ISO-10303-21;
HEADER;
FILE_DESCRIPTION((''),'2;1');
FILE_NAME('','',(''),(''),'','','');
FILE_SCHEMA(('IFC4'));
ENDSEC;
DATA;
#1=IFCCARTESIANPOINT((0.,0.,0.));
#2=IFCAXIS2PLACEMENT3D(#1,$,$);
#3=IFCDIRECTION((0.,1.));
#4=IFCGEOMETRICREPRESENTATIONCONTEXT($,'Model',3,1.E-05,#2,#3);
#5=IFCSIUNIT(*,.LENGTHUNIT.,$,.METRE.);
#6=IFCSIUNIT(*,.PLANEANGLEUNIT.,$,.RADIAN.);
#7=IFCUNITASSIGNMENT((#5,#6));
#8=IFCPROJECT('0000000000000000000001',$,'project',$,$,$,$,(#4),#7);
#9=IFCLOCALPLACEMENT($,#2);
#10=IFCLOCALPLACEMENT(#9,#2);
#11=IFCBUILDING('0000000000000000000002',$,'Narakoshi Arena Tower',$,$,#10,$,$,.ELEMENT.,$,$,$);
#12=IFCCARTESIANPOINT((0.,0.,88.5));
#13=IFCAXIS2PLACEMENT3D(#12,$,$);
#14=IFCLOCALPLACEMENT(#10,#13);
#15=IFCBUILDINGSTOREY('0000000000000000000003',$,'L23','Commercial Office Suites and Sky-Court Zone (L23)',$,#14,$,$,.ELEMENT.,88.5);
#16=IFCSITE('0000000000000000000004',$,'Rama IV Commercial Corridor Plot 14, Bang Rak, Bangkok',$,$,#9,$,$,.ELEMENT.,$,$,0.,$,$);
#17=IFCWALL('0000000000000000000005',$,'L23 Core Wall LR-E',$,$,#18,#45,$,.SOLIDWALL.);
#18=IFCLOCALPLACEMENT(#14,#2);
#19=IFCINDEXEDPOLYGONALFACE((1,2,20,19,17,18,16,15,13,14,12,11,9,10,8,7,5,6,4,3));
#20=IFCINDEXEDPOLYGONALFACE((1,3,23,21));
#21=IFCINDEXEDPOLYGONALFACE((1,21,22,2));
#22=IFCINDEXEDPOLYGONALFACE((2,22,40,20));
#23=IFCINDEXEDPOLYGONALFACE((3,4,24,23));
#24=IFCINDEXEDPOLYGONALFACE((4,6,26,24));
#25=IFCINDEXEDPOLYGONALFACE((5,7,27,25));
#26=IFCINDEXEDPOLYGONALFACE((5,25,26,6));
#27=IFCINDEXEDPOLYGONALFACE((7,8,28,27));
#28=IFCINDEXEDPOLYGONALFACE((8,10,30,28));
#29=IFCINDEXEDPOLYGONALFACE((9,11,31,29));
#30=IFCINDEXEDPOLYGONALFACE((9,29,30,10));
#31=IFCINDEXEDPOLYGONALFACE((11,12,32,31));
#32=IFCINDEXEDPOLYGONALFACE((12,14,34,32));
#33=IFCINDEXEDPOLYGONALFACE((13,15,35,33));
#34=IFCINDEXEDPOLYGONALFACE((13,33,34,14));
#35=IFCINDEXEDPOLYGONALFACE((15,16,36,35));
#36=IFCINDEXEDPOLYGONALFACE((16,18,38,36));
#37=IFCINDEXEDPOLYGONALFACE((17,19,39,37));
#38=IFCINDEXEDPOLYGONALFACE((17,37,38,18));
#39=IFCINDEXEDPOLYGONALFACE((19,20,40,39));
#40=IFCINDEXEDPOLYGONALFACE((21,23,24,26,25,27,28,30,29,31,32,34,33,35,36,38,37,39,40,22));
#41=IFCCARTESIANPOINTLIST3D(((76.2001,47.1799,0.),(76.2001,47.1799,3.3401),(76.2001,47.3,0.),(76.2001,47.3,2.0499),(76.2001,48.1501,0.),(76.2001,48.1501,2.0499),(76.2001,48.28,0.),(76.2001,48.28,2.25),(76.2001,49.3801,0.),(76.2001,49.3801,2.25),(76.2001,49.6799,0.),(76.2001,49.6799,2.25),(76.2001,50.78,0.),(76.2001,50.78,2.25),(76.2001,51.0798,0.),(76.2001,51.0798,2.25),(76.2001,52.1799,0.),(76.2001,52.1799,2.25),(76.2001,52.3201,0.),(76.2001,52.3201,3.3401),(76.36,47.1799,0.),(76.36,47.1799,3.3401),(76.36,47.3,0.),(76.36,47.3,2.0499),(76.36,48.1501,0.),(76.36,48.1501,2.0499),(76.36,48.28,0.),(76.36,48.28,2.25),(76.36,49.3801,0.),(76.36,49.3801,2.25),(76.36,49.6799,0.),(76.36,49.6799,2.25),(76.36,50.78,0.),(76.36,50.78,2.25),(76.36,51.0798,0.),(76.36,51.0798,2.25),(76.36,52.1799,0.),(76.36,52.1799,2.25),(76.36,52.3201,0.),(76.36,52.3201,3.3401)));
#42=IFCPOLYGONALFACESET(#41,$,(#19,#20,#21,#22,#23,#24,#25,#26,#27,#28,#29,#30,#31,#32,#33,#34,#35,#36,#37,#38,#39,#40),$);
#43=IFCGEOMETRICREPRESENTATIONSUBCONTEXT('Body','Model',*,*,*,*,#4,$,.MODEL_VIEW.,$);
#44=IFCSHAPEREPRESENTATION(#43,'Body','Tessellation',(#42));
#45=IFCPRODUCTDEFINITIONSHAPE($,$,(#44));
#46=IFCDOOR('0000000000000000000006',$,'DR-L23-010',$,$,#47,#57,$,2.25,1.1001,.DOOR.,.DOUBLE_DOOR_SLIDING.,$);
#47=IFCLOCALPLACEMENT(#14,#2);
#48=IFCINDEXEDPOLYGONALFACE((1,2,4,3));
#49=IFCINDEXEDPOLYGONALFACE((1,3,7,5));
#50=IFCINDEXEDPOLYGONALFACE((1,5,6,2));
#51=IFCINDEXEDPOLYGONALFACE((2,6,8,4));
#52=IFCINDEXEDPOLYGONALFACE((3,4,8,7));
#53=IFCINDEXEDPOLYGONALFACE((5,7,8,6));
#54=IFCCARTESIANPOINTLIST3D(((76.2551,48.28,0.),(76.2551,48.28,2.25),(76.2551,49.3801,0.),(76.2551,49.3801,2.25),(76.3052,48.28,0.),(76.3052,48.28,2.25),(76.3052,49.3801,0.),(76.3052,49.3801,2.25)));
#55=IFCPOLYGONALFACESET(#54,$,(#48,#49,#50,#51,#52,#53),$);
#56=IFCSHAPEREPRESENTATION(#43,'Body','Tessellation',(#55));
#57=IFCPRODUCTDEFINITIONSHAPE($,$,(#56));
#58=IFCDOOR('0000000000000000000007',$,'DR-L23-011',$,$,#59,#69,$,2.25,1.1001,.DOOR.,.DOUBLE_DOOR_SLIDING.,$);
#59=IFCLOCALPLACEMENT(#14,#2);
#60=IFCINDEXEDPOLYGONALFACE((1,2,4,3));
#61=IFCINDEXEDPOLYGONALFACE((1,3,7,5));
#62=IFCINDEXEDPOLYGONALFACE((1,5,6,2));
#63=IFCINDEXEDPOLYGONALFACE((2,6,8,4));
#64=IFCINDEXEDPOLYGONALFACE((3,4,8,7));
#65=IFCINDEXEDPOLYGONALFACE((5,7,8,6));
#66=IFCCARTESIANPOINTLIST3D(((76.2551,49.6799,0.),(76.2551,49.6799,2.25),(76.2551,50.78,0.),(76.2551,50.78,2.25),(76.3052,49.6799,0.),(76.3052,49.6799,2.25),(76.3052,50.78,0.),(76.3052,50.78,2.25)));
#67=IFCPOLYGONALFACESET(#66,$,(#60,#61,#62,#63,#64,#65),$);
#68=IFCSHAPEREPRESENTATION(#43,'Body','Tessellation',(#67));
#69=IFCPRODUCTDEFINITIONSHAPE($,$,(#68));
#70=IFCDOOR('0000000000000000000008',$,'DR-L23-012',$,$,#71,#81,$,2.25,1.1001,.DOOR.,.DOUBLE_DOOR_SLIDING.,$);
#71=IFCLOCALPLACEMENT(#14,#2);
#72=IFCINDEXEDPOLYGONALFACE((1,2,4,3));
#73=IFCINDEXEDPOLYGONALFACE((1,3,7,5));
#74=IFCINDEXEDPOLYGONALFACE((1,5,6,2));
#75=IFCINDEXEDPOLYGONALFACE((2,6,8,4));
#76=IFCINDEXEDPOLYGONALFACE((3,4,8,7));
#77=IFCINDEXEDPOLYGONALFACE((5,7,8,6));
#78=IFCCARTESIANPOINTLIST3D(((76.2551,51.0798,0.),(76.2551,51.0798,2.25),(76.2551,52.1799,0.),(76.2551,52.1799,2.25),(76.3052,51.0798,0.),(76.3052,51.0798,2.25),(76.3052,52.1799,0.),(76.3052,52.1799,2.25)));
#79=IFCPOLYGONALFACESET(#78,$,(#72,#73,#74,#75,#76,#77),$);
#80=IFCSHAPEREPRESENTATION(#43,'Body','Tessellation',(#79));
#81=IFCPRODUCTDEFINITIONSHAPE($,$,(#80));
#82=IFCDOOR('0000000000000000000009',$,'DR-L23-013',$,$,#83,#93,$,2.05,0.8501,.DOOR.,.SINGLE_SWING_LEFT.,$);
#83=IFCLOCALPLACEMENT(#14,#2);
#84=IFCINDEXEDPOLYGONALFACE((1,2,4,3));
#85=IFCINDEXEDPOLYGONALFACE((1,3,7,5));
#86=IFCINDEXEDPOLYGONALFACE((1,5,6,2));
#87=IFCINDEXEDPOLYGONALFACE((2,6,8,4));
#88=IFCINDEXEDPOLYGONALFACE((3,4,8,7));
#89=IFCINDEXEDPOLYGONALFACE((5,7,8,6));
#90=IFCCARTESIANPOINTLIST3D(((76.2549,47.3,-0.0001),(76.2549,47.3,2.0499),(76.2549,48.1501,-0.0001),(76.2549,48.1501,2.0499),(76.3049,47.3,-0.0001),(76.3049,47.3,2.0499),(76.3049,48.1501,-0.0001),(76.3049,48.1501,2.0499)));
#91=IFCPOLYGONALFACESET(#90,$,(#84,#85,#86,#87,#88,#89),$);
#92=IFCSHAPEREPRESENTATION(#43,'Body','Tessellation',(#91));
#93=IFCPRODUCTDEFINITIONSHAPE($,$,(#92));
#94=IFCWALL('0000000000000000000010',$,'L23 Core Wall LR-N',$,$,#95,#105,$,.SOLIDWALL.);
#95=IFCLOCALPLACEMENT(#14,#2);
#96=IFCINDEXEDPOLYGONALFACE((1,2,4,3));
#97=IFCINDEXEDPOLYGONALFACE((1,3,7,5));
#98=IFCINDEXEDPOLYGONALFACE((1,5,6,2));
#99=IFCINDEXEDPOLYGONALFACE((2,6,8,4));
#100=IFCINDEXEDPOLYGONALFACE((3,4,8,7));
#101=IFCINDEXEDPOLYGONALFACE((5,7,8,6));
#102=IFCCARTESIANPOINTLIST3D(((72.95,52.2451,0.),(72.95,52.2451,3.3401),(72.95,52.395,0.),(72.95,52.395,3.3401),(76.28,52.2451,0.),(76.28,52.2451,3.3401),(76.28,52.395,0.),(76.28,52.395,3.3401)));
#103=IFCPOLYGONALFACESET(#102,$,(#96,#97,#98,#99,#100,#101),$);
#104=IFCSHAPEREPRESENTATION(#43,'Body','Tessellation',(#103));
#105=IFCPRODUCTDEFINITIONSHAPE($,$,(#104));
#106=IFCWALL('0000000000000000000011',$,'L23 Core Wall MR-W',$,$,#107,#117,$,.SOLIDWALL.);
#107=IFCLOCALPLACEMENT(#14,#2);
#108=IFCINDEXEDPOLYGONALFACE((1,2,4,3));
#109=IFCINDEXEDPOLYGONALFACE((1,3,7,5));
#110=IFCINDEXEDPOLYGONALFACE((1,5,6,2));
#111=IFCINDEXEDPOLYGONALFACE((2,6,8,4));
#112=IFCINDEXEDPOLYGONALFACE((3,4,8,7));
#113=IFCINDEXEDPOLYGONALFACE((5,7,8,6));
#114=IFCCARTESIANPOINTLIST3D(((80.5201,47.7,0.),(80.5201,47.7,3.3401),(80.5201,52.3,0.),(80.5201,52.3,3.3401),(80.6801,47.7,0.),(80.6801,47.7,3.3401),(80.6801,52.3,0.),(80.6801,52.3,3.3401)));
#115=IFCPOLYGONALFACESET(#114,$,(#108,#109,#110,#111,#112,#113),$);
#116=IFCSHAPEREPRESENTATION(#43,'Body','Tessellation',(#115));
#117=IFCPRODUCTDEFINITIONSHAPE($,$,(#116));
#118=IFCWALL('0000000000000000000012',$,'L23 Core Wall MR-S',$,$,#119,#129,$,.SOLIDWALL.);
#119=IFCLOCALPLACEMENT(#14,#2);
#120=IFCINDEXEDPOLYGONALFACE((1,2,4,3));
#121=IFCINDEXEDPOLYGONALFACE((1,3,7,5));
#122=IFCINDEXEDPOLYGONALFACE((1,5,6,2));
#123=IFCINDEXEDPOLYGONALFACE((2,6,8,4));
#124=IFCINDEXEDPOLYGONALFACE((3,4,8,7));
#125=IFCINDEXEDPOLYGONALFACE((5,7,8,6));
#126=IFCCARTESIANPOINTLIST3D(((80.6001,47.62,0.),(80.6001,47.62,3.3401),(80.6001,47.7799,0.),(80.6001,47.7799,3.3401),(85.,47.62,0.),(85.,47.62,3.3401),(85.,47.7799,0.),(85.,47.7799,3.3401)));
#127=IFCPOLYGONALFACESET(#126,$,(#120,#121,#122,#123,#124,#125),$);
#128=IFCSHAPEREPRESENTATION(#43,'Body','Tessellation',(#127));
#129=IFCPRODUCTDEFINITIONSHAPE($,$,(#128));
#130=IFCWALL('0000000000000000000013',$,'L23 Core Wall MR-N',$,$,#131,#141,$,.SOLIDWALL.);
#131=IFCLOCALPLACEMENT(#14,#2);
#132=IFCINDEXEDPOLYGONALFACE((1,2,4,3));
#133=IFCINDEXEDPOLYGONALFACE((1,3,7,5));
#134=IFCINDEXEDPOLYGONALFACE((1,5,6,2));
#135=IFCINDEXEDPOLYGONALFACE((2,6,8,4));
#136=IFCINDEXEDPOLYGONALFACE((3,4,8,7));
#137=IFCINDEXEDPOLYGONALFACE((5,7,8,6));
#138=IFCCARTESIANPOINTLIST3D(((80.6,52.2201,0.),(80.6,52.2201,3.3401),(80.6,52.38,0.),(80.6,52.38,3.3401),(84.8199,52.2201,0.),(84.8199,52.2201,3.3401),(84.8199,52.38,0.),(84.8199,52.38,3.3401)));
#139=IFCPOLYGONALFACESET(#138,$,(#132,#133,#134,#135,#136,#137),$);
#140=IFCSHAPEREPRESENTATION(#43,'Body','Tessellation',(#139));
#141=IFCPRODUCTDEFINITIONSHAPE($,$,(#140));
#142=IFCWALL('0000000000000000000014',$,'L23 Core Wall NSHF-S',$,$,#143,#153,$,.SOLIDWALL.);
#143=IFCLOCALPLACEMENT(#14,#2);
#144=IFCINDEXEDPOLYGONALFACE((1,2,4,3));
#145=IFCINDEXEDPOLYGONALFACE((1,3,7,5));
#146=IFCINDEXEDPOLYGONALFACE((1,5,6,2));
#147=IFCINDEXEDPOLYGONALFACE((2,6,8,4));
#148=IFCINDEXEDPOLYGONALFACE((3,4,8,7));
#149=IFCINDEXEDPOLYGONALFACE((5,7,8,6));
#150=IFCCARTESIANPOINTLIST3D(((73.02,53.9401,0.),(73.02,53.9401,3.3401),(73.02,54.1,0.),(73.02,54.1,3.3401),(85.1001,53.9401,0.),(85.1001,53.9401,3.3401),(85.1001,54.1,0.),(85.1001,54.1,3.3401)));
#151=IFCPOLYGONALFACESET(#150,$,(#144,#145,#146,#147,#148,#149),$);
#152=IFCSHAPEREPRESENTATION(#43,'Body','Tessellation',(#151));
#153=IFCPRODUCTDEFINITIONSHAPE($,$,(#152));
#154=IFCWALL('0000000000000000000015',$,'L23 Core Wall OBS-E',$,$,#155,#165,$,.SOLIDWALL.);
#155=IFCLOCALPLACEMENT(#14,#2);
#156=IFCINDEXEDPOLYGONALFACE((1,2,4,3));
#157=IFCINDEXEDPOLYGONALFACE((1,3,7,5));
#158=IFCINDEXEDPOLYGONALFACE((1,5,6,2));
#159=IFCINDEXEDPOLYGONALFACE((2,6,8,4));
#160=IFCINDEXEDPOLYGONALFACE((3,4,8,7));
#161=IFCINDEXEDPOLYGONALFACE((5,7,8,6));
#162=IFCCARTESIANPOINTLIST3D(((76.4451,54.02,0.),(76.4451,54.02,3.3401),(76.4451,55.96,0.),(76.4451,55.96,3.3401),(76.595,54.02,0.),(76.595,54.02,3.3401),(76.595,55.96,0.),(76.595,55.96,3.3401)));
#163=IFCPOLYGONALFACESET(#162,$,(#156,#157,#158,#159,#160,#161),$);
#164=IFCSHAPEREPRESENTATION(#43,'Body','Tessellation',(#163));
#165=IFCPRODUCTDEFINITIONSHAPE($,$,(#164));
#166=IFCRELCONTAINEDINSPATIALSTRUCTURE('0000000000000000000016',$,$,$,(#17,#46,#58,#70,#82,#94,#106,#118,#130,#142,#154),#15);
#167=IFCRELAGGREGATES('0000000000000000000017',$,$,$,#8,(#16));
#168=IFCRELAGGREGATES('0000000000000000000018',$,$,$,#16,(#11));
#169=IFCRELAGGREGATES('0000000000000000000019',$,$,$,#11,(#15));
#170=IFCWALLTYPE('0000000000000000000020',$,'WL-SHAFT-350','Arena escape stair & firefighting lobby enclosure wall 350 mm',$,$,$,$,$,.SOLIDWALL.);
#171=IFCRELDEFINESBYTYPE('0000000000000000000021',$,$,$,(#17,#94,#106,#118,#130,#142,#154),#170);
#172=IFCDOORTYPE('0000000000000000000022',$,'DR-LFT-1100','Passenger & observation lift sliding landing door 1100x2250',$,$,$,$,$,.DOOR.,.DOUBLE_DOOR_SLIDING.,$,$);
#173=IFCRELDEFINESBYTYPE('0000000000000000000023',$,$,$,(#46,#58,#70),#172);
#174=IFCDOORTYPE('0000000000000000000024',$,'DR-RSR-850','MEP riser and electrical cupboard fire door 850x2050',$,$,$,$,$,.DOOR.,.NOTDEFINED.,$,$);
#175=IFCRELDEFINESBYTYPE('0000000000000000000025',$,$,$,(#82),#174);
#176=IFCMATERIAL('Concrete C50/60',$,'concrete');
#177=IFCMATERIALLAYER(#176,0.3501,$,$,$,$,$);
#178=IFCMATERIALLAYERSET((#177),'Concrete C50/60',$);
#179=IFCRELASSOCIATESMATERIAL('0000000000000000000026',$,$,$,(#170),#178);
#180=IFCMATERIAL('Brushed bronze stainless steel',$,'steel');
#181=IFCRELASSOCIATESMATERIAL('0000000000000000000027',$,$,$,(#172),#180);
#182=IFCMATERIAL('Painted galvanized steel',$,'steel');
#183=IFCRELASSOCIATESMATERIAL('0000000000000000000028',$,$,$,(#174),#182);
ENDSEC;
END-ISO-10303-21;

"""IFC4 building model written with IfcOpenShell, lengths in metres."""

from ifc_helpers import new_model, si_unit, direction, frame, frame_2d, origin, place, context, subcontext, project, spatial, rectangle, extrude, material, layer, layer_set, type_object, element, fill, save


model = new_model("IFC4")

# Units and contexts
model_context = context("Model", 3, precision=1e-05, world=origin(), true_north=direction((0.0, 1.0)))
body_context = subcontext(model_context, "Body", "Model", "MODEL_VIEW")
ifc_project = project(units=[si_unit("LENGTHUNIT", "METRE"), si_unit("PLANEANGLEUNIT", "RADIAN")], contexts=[model_context])

# Site, building, storey
site_placement = place(None, origin())
site = spatial("IfcSite", under=ifc_project, at=site_placement, Name="Rama IV Commercial Corridor Plot 14, Bang Rak, Bangkok", CompositionType="ELEMENT", RefElevation=0.0)
building_placement = place(site_placement, origin())
building = spatial("IfcBuilding", under=site, at=building_placement, Name="Narakoshi Arena Tower", CompositionType="ELEMENT")
storey_placement = place(building_placement, frame((0.0, 0.0, 88.5)))
storey = spatial("IfcBuildingStorey", under=building, at=storey_placement, Name="L23", Description="Commercial Office Suites and Sky-Court Zone (L23)", CompositionType="ELEMENT", Elevation=88.5)

# Wall, openings, doors
ifc_material_1 = material(Name="Concrete C50/60", Category="concrete")
ifc_layer_1 = layer(ifc_material_1, 0.3501)
ifc_layer_set_1 = layer_set([ifc_layer_1], Name="Concrete C50/60")
wall_type_1 = type_object("IfcWallType", Name="WL-SHAFT-350", Description="Arena escape stair & firefighting lobby enclosure wall 350 mm", PredefinedType="SOLIDWALL", material=ifc_layer_set_1)
wall_1_placement = place(storey_placement, frame((76.28, 47.1799, 0.0), z_axis=(0.0, 0.0, 1.0), x_axis=(0.0, 1.0, 0.0)))
wall_1 = element("IfcWall", 1, at=wall_1_placement, inside=storey, type_object=wall_type_1, Name="L23 Core Wall LR-E", PredefinedType="SOLIDWALL", context=body_context, shape_type="SweptSolid", body=[
    extrude(rectangle(XDim=5.1401, YDim=0.1599, at=frame_2d((2.5701, 0.0))), origin(), (0.0, 0.0, 1.0), 3.3401),
])
opening_1_placement = place(wall_1_placement, frame((1.1001, 0.0, 0.0)))
opening_1 = element("IfcOpeningElement", 2, at=opening_1_placement, cuts=wall_1, PredefinedType="OPENING", context=body_context, shape_type="SweptSolid", body=[
    extrude(rectangle(XDim=1.1001, YDim=2.25, at=frame_2d((0.55, 1.125))), frame((0.0, 0.0898, 0.0), z_axis=(0.0, -1.0, 0.0), x_axis=(1.0, 0.0, 0.0)), (0.0, 0.0, 1.0), 0.1799),
])
opening_2_placement = place(wall_1_placement, frame((2.5, 0.0, 0.0)))
opening_2 = element("IfcOpeningElement", 3, at=opening_2_placement, cuts=wall_1, PredefinedType="OPENING", context=body_context, shape_type="SweptSolid", body=[
    extrude(rectangle(XDim=1.1001, YDim=2.25, at=frame_2d((0.55, 1.125))), frame((0.0, 0.0898, 0.0), z_axis=(0.0, -1.0, 0.0), x_axis=(1.0, 0.0, 0.0)), (0.0, 0.0, 1.0), 0.1799),
])
opening_3_placement = place(wall_1_placement, frame((3.8999, 0.0, 0.0)))
opening_3 = element("IfcOpeningElement", 4, at=opening_3_placement, cuts=wall_1, PredefinedType="OPENING", context=body_context, shape_type="SweptSolid", body=[
    extrude(rectangle(XDim=1.1001, YDim=2.25, at=frame_2d((0.55, 1.125))), frame((0.0, 0.0898, 0.0), z_axis=(0.0, -1.0, 0.0), x_axis=(1.0, 0.0, 0.0)), (0.0, 0.0, 1.0), 0.1799),
])
opening_4_placement = place(wall_1_placement, frame((0.1201, 0.0, 0.0)))
opening_4 = element("IfcOpeningElement", 5, at=opening_4_placement, cuts=wall_1, PredefinedType="OPENING", context=body_context, shape_type="SweptSolid", body=[
    extrude(rectangle(XDim=0.8501, YDim=2.05, at=frame_2d((0.425, 1.0249))), frame((0.0, 0.0898, 0.0), z_axis=(0.0, -1.0, 0.0), x_axis=(1.0, 0.0, 0.0)), (0.0, 0.0, 1.0), 0.1799),
])
ifc_material_2 = material(Name="Brushed bronze stainless steel", Category="steel")
door_type_1 = type_object("IfcDoorType", Name="DR-LFT-1100", Description="Passenger & observation lift sliding landing door 1100x2250", OperationType="DOUBLE_DOOR_SLIDING", PredefinedType="DOOR", material=ifc_material_2)
door_1_placement = place(opening_1_placement, origin())
door_1 = element("IfcDoor", 6, at=door_1_placement, inside=storey, type_object=door_type_1, Name="DR-L23-010", OperationType="DOUBLE_DOOR_SLIDING", OverallHeight=2.25, OverallWidth=1.1001, PredefinedType="DOOR", context=body_context, shape_type="SweptSolid", body=[
    extrude(rectangle(XDim=1.1001, YDim=2.25, at=frame_2d((0.55, 1.125))), frame((0.0, 0.0249, 0.0), z_axis=(0.0, -1.0, 0.0), x_axis=(1.0, 0.0, 0.0)), (0.0, 0.0, 1.0), 0.05),
])
fill(opening_1, door_1)
door_2_placement = place(opening_2_placement, origin())
door_2 = element("IfcDoor", 7, at=door_2_placement, inside=storey, type_object=door_type_1, Name="DR-L23-011", OperationType="DOUBLE_DOOR_SLIDING", OverallHeight=2.25, OverallWidth=1.1001, PredefinedType="DOOR", context=body_context, shape_type="SweptSolid", body=[
    extrude(rectangle(XDim=1.1001, YDim=2.25, at=frame_2d((0.55, 1.125))), frame((0.0, 0.0249, 0.0), z_axis=(0.0, -1.0, 0.0), x_axis=(1.0, 0.0, 0.0)), (0.0, 0.0, 1.0), 0.05),
])
fill(opening_2, door_2)
door_3_placement = place(opening_3_placement, origin())
door_3 = element("IfcDoor", 8, at=door_3_placement, inside=storey, type_object=door_type_1, Name="DR-L23-012", OperationType="DOUBLE_DOOR_SLIDING", OverallHeight=2.25, OverallWidth=1.1001, PredefinedType="DOOR", context=body_context, shape_type="SweptSolid", body=[
    extrude(rectangle(XDim=1.1001, YDim=2.25, at=frame_2d((0.55, 1.125))), frame((0.0, 0.0249, 0.0), z_axis=(0.0, -1.0, 0.0), x_axis=(1.0, 0.0, 0.0)), (0.0, 0.0, 1.0), 0.05),
])
fill(opening_3, door_3)
ifc_material_3 = material(Name="Painted galvanized steel", Category="steel")
door_type_2 = type_object("IfcDoorType", Name="DR-RSR-850", Description="MEP riser and electrical cupboard fire door 850x2050", OperationType="NOTDEFINED", PredefinedType="DOOR", material=ifc_material_3)
door_4_placement = place(opening_4_placement, frame((0.8501, 0.0, 0.0), z_axis=(0.0, 0.0, 1.0), x_axis=(-1.0, 0.0, 0.0)))
door_4 = element("IfcDoor", 9, at=door_4_placement, inside=storey, type_object=door_type_2, Name="DR-L23-013", OperationType="SINGLE_SWING_LEFT", OverallHeight=2.05, OverallWidth=0.8501, PredefinedType="DOOR", context=body_context, shape_type="SweptSolid", body=[
    extrude(rectangle(XDim=0.8501, YDim=2.05, at=frame_2d((0.425, 1.0249))), frame((0.0, 0.0249, 0.0), z_axis=(0.0, -1.0, 0.0), x_axis=(1.0, 0.0, 0.0)), (0.0, 0.0, 1.0), 0.05),
])
fill(opening_4, door_4)

# Walls
wall_2_placement = place(storey_placement, frame((72.95, 52.3201, 0.0), z_axis=(0.0, 0.0, 1.0), x_axis=(1.0, 0.0, 0.0)))
element("IfcWall", 10, at=wall_2_placement, inside=storey, type_object=wall_type_1, Name="L23 Core Wall LR-N", PredefinedType="SOLIDWALL", context=body_context, shape_type="SweptSolid", body=[
    extrude(rectangle(XDim=3.3301, YDim=0.1499, at=frame_2d((1.665, 0.0))), origin(), (0.0, 0.0, 1.0), 3.3401),
])
wall_3_placement = place(storey_placement, frame((80.6001, 47.7, 0.0), z_axis=(0.0, 0.0, 1.0), x_axis=(0.0, 1.0, 0.0)))
element("IfcWall", 11, at=wall_3_placement, inside=storey, type_object=wall_type_1, Name="L23 Core Wall MR-W", PredefinedType="SOLIDWALL", context=body_context, shape_type="SweptSolid", body=[
    extrude(rectangle(XDim=4.6001, YDim=0.1599, at=frame_2d((2.3, 0.0))), origin(), (0.0, 0.0, 1.0), 3.3401),
])
wall_4_placement = place(storey_placement, frame((80.6001, 47.7, 0.0), z_axis=(0.0, 0.0, 1.0), x_axis=(1.0, 0.0, 0.0)))
element("IfcWall", 12, at=wall_4_placement, inside=storey, type_object=wall_type_1, Name="L23 Core Wall MR-S", PredefinedType="SOLIDWALL", context=body_context, shape_type="SweptSolid", body=[
    extrude(rectangle(XDim=4.3999, YDim=0.1599, at=frame_2d((2.2, 0.0))), origin(), (0.0, 0.0, 1.0), 3.3401),
])
wall_5_placement = place(storey_placement, frame((80.6001, 52.3, 0.0), z_axis=(0.0, 0.0, 1.0), x_axis=(1.0, 0.0, 0.0)))
element("IfcWall", 13, at=wall_5_placement, inside=storey, type_object=wall_type_1, Name="L23 Core Wall MR-N", PredefinedType="SOLIDWALL", context=body_context, shape_type="SweptSolid", body=[
    extrude(rectangle(XDim=4.22, YDim=0.1599, at=frame_2d((2.1099, 0.0))), origin(), (0.0, 0.0, 1.0), 3.3401),
])
wall_6_placement = place(storey_placement, frame((73.02, 54.02, 0.0), z_axis=(0.0, 0.0, 1.0), x_axis=(1.0, 0.0, 0.0)))
element("IfcWall", 14, at=wall_6_placement, inside=storey, type_object=wall_type_1, Name="L23 Core Wall NSHF-S", PredefinedType="SOLIDWALL", context=body_context, shape_type="SweptSolid", body=[
    extrude(rectangle(XDim=12.0801, YDim=0.1599, at=frame_2d((6.04, 0.0))), origin(), (0.0, 0.0, 1.0), 3.3401),
])
wall_7_placement = place(storey_placement, frame((76.52, 54.02, 0.0), z_axis=(0.0, 0.0, 1.0), x_axis=(0.0, 1.0, 0.0)))
element("IfcWall", 15, at=wall_7_placement, inside=storey, type_object=wall_type_1, Name="L23 Core Wall OBS-E", PredefinedType="SOLIDWALL", context=body_context, shape_type="SweptSolid", body=[
    extrude(rectangle(XDim=1.9399, YDim=0.1499, at=frame_2d((0.97, 0.0))), origin(), (0.0, 0.0, 1.0), 3.3401),
])

save(model, "model.ifc")
